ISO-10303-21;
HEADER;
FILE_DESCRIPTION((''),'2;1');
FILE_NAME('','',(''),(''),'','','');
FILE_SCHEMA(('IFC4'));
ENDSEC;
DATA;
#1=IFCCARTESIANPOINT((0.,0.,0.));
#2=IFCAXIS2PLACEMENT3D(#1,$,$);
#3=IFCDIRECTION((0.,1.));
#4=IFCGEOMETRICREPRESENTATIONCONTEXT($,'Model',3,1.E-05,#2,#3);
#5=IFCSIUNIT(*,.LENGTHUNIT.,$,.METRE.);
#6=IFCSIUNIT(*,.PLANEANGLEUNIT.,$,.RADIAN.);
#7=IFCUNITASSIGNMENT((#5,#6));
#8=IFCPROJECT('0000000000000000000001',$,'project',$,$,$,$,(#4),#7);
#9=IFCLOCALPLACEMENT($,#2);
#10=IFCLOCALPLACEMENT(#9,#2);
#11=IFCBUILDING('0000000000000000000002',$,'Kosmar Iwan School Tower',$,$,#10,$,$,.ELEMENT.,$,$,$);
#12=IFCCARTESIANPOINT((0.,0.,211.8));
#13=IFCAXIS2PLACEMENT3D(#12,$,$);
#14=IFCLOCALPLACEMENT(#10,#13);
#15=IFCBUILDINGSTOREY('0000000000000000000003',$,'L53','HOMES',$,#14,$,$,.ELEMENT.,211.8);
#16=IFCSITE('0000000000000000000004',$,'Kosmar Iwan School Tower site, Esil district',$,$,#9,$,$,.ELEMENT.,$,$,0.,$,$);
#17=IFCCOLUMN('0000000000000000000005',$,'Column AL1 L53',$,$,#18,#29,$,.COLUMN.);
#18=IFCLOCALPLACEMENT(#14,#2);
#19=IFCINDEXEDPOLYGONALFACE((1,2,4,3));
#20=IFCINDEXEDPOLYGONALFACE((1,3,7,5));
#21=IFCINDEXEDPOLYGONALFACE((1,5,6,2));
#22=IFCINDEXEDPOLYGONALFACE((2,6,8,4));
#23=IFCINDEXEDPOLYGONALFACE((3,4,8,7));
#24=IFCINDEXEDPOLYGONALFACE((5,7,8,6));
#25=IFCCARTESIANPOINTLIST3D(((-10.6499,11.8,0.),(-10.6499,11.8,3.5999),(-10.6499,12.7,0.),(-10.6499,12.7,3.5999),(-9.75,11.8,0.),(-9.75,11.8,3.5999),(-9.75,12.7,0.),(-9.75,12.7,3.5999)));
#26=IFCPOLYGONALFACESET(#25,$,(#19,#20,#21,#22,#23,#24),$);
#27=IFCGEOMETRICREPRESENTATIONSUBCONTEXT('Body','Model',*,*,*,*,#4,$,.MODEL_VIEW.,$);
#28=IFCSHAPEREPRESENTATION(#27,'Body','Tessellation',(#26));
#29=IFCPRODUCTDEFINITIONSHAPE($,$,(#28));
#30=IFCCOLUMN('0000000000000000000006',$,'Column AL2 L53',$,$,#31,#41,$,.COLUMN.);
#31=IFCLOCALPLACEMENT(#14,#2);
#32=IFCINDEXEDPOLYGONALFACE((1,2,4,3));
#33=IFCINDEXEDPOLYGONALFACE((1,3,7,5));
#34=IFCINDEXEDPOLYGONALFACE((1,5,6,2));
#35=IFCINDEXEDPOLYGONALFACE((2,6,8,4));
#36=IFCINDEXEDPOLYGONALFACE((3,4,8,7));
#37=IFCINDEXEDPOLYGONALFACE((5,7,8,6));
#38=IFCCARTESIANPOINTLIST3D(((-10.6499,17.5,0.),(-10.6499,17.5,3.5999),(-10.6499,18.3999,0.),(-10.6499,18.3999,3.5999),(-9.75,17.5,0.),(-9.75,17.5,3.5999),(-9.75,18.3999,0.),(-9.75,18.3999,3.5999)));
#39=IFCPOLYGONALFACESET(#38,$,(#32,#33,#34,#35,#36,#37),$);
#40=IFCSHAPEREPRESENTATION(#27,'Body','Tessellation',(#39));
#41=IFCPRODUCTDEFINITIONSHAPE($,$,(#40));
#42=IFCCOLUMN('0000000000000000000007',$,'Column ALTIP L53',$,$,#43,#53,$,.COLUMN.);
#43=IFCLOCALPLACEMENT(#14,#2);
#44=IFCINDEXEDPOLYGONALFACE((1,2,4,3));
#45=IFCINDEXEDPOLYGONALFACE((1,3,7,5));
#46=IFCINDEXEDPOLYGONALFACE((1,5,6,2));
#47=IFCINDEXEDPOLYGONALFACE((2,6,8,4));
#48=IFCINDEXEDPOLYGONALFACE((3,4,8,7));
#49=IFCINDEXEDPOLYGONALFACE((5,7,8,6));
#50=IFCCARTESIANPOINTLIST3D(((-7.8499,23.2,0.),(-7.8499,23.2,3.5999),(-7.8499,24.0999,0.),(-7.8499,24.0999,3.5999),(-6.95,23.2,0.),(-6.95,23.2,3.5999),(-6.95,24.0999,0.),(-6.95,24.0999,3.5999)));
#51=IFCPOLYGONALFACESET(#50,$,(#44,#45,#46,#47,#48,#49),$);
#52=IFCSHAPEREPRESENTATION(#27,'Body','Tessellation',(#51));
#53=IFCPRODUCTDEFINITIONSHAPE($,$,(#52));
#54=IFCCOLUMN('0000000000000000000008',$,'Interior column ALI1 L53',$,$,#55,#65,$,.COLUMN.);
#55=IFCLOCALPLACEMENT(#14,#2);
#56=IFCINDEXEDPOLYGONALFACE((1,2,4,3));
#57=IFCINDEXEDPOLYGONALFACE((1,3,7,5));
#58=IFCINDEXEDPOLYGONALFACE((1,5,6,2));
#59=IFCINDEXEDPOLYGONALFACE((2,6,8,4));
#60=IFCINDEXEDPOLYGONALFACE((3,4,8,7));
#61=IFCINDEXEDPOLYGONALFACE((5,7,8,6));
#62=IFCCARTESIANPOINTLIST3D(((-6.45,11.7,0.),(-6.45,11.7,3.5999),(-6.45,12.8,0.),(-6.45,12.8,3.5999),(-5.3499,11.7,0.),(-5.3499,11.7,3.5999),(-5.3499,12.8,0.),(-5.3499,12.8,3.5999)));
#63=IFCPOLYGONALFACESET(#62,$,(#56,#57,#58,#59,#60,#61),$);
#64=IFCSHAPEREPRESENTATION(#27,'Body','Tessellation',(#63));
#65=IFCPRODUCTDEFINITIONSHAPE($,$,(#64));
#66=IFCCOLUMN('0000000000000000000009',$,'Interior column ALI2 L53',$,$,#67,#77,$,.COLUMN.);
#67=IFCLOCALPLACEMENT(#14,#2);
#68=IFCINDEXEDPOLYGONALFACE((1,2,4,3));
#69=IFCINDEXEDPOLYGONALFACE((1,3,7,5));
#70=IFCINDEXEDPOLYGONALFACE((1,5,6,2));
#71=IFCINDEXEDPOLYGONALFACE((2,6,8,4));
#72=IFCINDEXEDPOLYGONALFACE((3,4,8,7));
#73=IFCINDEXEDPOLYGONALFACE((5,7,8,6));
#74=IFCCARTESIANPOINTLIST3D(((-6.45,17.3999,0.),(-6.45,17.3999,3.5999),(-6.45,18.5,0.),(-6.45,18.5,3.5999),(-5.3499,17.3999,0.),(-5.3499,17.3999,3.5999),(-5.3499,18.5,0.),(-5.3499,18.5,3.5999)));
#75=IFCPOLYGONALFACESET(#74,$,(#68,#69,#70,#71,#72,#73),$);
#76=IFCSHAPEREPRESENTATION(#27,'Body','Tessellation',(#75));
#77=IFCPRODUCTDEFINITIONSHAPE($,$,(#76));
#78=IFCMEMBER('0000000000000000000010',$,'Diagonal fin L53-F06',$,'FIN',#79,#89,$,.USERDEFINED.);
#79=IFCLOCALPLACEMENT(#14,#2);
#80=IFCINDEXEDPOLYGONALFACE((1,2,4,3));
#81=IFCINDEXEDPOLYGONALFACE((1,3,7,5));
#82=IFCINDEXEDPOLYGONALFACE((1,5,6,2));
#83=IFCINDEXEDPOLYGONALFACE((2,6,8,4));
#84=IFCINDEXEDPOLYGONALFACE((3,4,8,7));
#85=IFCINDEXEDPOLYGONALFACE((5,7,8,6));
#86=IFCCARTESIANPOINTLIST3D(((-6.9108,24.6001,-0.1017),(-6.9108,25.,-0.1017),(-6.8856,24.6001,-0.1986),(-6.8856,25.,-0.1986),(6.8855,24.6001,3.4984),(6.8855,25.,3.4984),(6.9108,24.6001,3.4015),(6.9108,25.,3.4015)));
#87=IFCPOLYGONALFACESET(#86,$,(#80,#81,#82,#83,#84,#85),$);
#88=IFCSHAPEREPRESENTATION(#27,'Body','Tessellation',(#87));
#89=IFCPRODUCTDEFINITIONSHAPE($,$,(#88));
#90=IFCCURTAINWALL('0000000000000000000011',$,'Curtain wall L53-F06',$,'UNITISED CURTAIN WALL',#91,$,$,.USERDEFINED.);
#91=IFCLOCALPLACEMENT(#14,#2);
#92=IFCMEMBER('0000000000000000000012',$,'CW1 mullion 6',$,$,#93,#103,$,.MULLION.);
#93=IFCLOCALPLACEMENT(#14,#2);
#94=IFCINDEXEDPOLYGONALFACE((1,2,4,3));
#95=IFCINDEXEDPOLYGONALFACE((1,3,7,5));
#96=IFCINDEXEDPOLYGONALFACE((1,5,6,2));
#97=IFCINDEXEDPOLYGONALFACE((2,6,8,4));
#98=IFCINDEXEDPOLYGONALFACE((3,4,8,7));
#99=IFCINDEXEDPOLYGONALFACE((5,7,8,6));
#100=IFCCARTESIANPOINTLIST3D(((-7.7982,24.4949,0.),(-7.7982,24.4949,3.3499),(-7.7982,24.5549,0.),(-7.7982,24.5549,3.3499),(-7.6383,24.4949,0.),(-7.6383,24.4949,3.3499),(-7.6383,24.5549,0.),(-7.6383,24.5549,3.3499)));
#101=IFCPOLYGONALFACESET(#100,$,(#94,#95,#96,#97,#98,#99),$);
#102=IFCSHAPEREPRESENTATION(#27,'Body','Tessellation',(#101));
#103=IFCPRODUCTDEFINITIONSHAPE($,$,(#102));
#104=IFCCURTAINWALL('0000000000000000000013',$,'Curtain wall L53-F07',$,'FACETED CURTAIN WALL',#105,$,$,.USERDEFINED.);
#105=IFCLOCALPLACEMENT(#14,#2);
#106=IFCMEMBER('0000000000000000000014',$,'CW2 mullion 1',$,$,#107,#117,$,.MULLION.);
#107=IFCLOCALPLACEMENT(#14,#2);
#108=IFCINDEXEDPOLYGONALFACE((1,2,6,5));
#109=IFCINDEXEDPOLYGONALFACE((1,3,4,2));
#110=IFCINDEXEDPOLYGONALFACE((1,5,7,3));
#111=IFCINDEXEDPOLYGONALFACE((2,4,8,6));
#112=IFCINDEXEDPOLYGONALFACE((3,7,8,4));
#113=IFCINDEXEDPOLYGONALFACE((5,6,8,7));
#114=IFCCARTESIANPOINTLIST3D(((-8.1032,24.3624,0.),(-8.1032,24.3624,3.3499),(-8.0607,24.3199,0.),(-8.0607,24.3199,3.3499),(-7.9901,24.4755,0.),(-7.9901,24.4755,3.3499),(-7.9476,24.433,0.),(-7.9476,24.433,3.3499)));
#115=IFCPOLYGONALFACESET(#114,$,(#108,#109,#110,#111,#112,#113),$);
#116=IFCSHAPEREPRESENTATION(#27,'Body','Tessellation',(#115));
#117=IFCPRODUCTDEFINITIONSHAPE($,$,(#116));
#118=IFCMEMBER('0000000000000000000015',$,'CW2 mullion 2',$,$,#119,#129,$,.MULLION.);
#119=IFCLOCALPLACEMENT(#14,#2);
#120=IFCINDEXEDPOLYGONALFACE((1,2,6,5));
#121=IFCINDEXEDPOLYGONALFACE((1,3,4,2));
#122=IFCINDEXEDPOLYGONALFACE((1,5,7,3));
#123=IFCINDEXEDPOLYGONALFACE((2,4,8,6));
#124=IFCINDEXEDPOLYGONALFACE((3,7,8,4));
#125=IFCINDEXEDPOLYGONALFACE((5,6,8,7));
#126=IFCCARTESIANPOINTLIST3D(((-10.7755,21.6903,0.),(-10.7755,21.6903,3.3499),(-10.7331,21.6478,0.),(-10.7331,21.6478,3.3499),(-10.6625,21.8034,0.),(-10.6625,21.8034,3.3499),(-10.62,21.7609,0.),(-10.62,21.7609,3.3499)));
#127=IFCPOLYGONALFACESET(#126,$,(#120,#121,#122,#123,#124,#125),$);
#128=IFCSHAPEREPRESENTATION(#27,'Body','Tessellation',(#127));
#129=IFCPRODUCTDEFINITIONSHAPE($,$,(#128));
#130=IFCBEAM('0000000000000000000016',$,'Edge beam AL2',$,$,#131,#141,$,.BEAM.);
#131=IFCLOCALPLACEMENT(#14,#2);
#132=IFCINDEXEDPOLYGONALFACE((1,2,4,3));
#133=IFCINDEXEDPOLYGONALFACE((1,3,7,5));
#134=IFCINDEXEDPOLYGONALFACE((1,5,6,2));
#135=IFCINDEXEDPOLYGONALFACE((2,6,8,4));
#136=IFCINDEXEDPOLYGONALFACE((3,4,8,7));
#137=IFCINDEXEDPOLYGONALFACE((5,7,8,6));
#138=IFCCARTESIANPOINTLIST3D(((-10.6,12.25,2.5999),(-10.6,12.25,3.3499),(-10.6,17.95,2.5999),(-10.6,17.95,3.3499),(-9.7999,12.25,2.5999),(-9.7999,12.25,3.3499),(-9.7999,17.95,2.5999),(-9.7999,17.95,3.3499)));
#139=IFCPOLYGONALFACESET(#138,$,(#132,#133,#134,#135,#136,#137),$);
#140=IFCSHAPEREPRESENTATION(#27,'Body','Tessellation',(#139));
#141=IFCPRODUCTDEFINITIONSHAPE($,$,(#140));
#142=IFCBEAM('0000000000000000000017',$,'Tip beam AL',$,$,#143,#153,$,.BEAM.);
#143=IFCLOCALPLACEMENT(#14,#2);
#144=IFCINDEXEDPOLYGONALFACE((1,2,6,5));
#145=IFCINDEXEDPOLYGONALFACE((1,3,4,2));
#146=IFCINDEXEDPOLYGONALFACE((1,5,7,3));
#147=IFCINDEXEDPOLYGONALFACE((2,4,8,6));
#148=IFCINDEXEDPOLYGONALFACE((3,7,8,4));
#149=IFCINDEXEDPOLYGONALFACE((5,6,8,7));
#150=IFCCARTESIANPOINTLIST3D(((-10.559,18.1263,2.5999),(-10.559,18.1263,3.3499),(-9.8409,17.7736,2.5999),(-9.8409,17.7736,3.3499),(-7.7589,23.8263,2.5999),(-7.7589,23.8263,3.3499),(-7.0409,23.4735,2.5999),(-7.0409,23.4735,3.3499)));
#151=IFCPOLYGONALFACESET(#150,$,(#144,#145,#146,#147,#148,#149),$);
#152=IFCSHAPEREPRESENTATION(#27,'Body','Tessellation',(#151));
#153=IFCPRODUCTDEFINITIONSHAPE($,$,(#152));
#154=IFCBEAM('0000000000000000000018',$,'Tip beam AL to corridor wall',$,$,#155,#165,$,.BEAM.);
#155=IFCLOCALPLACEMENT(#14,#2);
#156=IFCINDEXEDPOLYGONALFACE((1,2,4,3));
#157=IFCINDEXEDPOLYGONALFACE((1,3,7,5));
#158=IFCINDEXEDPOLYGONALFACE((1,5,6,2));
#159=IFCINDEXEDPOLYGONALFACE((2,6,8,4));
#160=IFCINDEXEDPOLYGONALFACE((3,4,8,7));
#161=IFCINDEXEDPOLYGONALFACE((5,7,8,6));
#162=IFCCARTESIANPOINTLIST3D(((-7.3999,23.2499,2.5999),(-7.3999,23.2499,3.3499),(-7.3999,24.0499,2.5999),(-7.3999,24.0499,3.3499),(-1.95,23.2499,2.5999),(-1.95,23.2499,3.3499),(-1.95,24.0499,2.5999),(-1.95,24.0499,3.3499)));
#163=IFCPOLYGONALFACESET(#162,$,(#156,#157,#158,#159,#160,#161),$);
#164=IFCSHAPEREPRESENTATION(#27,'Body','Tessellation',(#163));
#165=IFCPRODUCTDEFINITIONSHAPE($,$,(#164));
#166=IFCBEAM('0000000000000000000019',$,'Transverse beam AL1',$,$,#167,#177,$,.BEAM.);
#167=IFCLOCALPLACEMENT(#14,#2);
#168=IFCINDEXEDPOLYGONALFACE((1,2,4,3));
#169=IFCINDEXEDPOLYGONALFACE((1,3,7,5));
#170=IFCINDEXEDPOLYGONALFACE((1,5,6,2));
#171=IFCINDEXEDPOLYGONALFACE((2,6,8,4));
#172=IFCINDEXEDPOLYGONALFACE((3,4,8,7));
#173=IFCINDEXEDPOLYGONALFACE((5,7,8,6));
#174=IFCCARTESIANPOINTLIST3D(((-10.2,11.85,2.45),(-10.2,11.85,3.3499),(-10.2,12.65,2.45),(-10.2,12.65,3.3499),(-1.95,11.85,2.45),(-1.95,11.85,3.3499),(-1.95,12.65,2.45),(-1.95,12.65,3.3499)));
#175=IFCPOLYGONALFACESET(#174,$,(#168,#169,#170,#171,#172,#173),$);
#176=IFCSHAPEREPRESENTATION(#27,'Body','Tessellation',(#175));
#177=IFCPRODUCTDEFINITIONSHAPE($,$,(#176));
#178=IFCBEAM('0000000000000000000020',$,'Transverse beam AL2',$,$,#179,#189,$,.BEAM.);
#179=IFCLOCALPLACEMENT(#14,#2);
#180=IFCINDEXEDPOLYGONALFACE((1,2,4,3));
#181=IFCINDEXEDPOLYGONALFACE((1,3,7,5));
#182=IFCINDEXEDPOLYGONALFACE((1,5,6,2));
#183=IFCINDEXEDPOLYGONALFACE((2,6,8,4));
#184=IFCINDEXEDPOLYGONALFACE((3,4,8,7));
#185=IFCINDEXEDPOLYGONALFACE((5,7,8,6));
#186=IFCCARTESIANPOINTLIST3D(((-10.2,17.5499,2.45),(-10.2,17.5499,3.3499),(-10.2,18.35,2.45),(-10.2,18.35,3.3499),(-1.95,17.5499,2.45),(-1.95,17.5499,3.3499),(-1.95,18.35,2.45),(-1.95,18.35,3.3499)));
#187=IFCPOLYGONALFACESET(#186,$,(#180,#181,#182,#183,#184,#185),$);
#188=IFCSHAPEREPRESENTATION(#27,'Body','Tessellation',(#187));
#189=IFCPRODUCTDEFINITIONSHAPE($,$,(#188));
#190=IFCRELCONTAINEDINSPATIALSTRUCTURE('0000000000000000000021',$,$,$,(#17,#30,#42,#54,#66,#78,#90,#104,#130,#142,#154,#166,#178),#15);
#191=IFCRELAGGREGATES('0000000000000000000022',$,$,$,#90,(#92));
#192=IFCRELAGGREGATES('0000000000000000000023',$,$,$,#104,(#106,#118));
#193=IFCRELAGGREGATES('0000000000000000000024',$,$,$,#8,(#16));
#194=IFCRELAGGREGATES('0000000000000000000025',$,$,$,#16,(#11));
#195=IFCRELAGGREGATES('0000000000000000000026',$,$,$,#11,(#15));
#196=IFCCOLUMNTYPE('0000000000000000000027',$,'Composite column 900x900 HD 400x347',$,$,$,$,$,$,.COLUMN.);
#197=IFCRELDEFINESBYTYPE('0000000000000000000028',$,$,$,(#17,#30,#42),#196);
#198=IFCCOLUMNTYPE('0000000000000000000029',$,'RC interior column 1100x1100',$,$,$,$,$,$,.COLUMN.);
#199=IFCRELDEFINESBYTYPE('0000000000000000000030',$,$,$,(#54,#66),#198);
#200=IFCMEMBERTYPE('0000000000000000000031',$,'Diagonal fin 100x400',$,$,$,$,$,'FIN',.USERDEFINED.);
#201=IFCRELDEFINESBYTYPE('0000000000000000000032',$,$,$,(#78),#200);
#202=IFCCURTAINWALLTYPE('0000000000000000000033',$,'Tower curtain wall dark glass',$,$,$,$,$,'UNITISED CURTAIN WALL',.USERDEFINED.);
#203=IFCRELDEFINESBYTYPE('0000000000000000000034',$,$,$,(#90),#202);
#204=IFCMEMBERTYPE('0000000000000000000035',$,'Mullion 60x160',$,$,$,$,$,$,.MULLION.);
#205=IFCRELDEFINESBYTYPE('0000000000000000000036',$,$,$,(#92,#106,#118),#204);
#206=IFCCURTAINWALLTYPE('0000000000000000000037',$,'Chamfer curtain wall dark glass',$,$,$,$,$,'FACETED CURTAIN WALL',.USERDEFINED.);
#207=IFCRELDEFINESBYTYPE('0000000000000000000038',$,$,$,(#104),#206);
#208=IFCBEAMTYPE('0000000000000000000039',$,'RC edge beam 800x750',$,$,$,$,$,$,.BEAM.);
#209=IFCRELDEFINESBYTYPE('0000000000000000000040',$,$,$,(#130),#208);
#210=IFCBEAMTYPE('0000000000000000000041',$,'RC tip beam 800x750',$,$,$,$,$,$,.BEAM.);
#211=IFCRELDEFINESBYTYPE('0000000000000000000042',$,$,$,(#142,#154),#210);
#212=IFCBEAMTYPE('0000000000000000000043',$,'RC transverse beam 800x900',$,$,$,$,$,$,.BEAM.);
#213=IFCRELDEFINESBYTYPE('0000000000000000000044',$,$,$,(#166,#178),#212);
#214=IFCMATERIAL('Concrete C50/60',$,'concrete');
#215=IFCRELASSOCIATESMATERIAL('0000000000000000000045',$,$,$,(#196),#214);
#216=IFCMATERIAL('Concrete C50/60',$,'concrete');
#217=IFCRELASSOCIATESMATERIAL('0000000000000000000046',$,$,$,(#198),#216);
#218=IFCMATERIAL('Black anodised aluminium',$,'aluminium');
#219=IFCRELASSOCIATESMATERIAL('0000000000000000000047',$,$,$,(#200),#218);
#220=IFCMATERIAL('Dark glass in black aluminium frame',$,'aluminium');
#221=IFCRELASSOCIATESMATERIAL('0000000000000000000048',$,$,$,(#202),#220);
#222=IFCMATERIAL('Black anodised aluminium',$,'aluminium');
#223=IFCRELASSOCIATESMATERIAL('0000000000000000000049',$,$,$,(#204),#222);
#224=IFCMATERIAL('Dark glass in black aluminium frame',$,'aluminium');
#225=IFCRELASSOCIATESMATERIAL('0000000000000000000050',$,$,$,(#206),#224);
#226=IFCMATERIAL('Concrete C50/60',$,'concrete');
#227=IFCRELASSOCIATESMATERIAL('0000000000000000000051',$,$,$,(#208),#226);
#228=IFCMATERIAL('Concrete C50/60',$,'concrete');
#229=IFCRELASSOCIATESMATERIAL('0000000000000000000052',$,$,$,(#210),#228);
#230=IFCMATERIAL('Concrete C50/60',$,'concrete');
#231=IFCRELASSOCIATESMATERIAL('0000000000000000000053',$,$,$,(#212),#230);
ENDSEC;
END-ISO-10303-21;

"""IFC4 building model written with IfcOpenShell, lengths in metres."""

from ifc_helpers import new_model, si_unit, direction, frame, origin, origin_2d, place, context, subcontext, project, spatial, rectangle, extrude, material, material_profile, profile_set, type_object, element, aggregate, save


model = new_model("IFC4")

# Units and contexts
model_context = context("Model", 3, precision=1e-05, world=origin(), true_north=direction((0.0, 1.0)))
body_context = subcontext(model_context, "Body", "Model", "MODEL_VIEW")
ifc_project = project(units=[si_unit("LENGTHUNIT", "METRE"), si_unit("PLANEANGLEUNIT", "RADIAN")], contexts=[model_context])

# Site, building, storey
site_placement = place(None, origin())
site = spatial("IfcSite", under=ifc_project, at=site_placement, Name="Kosmar Iwan School Tower site, Esil district", CompositionType="ELEMENT", RefElevation=0.0)
building_placement = place(site_placement, origin())
building = spatial("IfcBuilding", under=site, at=building_placement, Name="Kosmar Iwan School Tower", CompositionType="ELEMENT")
storey_placement = place(building_placement, frame((0.0, 0.0, 211.8)))
storey = spatial("IfcBuildingStorey", under=building, at=storey_placement, Name="L53", Description="HOMES", CompositionType="ELEMENT", Elevation=211.8)

# Columns
ifc_material_1 = material(Name="Concrete C50/60", Category="concrete")
ifc_material_profile_1 = material_profile(ifc_material_1, rectangle(XDim=0.8999, YDim=0.8999, at=origin_2d()), Name="RC 900x900 + HD 400x347")
ifc_profile_set_1 = profile_set([ifc_material_profile_1], Name="Concrete C50/60")
column_type_1 = type_object("IfcColumnType", Name="Composite column 900x900 HD 400x347", PredefinedType="COLUMN", material=ifc_profile_set_1)
for number, where, z_axis, x_axis, name in (
    (1, (-10.2, 12.25, 0.0), (0.0, 0.0, 1.0), (0.0, 1.0, 0.0), "Column AL1 L53"),
    (2, (-10.2, 17.95, 0.0), (0.0, 0.0, 1.0), (0.0, 1.0, 0.0), "Column AL2 L53"),
    (3, (-7.3999, 23.6499, 0.0), (0.0, 0.0, 1.0), (0.0, 1.0, 0.0), "Column ALTIP L53"),
):
    element("IfcColumn", number, at=place(storey_placement, frame(where, z_axis=z_axis, x_axis=x_axis)), inside=storey, type_object=column_type_1, Name=name, PredefinedType="COLUMN", context=body_context, shape_type="SweptSolid", body=[
        extrude(rectangle(XDim=0.8999, YDim=0.8999, at=origin_2d()), origin(), (0.0, 0.0, 1.0), 3.5999),
    ])
ifc_material_2 = material(Name="Concrete C50/60", Category="concrete")
ifc_material_profile_2 = material_profile(ifc_material_2, rectangle(XDim=1.1001, YDim=1.1001, at=origin_2d()), Name="RC 1100x1100")
ifc_profile_set_2 = profile_set([ifc_material_profile_2], Name="Concrete C50/60")
column_type_2 = type_object("IfcColumnType", Name="RC interior column 1100x1100", PredefinedType="COLUMN", material=ifc_profile_set_2)
for number, where, z_axis, x_axis, name in (
    (4, (-5.8999, 12.25, 0.0), (0.0, 0.0, 1.0), (0.0, 1.0, 0.0), "Interior column ALI1 L53"),
    (5, (-5.8999, 17.95, 0.0), (0.0, 0.0, 1.0), (0.0, 1.0, 0.0), "Interior column ALI2 L53"),
):
    element("IfcColumn", number, at=place(storey_placement, frame(where, z_axis=z_axis, x_axis=x_axis)), inside=storey, type_object=column_type_2, Name=name, PredefinedType="COLUMN", context=body_context, shape_type="SweptSolid", body=[
        extrude(rectangle(XDim=1.1001, YDim=1.1001, at=origin_2d()), origin(), (0.0, 0.0, 1.0), 3.5999),
    ])

# Member
ifc_material_3 = material(Name="Black anodised aluminium", Category="aluminium")
ifc_material_profile_3 = material_profile(ifc_material_3, rectangle(XDim=0.1001, YDim=0.3999, at=origin_2d()), Name="FIN 100x400")
ifc_profile_set_3 = profile_set([ifc_material_profile_3], Name="Black anodised aluminium")
member_type_1 = type_object("IfcMemberType", Name="Diagonal fin 100x400", ElementType="FIN", PredefinedType="USERDEFINED", material=ifc_profile_set_3)
member_1_placement = place(storey_placement, frame((-6.8982, 24.8, -0.1501), z_axis=(0.967599, 0.0, 0.25249), x_axis=(-0.25249, 0.0, 0.967599)))
element("IfcMember", 6, at=member_1_placement, inside=storey, type_object=member_type_1, Name="Diagonal fin L53-F06", ObjectType="FIN", PredefinedType="USERDEFINED", context=body_context, shape_type="SweptSolid", body=[
    extrude(rectangle(XDim=0.1001, YDim=0.3999, at=origin_2d()), origin(), (0.0, 0.0, 1.0), 14.2583),
])

# Curtain wall, member
ifc_material_4 = material(Name="Dark glass in black aluminium frame", Category="aluminium")
curtain_wall_type_1 = type_object("IfcCurtainWallType", Name="Tower curtain wall dark glass", ElementType="UNITISED CURTAIN WALL", PredefinedType="USERDEFINED", material=ifc_material_4)
curtain_wall_1_placement = place(storey_placement, origin())
curtain_wall_1 = element("IfcCurtainWall", 7, at=curtain_wall_1_placement, inside=storey, type_object=curtain_wall_type_1, Name="Curtain wall L53-F06", ObjectType="UNITISED CURTAIN WALL", PredefinedType="USERDEFINED")
ifc_material_5 = material(Name="Black anodised aluminium", Category="aluminium")
ifc_material_profile_4 = material_profile(ifc_material_5, rectangle(XDim=0.0601, YDim=0.1599, at=origin_2d()), Name="MULLION 60x160")
ifc_profile_set_4 = profile_set([ifc_material_profile_4], Name="Black anodised aluminium")
member_type_2 = type_object("IfcMemberType", Name="Mullion 60x160", PredefinedType="MULLION", material=ifc_profile_set_4)
member_2_placement = place(storey_placement, frame((-7.7183, 24.5249, 0.0), z_axis=(0.0, 0.0, 1.0), x_axis=(0.0, -1.0, 0.0)))
member_2 = element("IfcMember", 8, at=member_2_placement, type_object=member_type_2, Name="CW1 mullion 6", PredefinedType="MULLION", context=body_context, shape_type="SweptSolid", body=[
    extrude(rectangle(XDim=0.0601, YDim=0.1599, at=origin_2d()), origin(), (0.0, 0.0, 1.0), 3.3499),
])

# Curtain wall, members
ifc_material_6 = material(Name="Dark glass in black aluminium frame", Category="aluminium")
curtain_wall_type_2 = type_object("IfcCurtainWallType", Name="Chamfer curtain wall dark glass", ElementType="FACETED CURTAIN WALL", PredefinedType="USERDEFINED", material=ifc_material_6)
curtain_wall_2_placement = place(storey_placement, origin())
curtain_wall_2 = element("IfcCurtainWall", 9, at=curtain_wall_2_placement, inside=storey, type_object=curtain_wall_type_2, Name="Curtain wall L53-F07", ObjectType="FACETED CURTAIN WALL", PredefinedType="USERDEFINED")
member_3_placement = place(storey_placement, frame((-8.0254, 24.3977, 0.0), z_axis=(0.0, 0.0, 1.0), x_axis=(0.707107, -0.707107, 0.0)))
member_3 = element("IfcMember", 10, at=member_3_placement, type_object=member_type_2, Name="CW2 mullion 1", PredefinedType="MULLION", context=body_context, shape_type="SweptSolid", body=[
    extrude(rectangle(XDim=0.0601, YDim=0.1599, at=origin_2d()), origin(), (0.0, 0.0, 1.0), 3.3499),
])
member_4_placement = place(storey_placement, frame((-10.6978, 21.7256, 0.0), z_axis=(0.0, 0.0, 1.0), x_axis=(0.707107, -0.707107, 0.0)))
member_4 = element("IfcMember", 11, at=member_4_placement, type_object=member_type_2, Name="CW2 mullion 2", PredefinedType="MULLION", context=body_context, shape_type="SweptSolid", body=[
    extrude(rectangle(XDim=0.0601, YDim=0.1599, at=origin_2d()), origin(), (0.0, 0.0, 1.0), 3.3499),
])

# Beams
ifc_material_7 = material(Name="Concrete C50/60", Category="concrete")
ifc_material_profile_5 = material_profile(ifc_material_7, rectangle(XDim=0.8, YDim=0.75, at=origin_2d()), Name="RC 800x750")
ifc_profile_set_5 = profile_set([ifc_material_profile_5], Name="Concrete C50/60")
beam_type_1 = type_object("IfcBeamType", Name="RC edge beam 800x750", PredefinedType="BEAM", material=ifc_profile_set_5)
beam_1_placement = place(storey_placement, frame((-10.2, 12.25, 2.9749), z_axis=(0.0, 1.0, 0.0), x_axis=(-1.0, 0.0, 0.0)))
element("IfcBeam", 12, at=beam_1_placement, inside=storey, type_object=beam_type_1, Name="Edge beam AL2", PredefinedType="BEAM", context=body_context, shape_type="SweptSolid", body=[
    extrude(rectangle(XDim=0.8, YDim=0.75, at=origin_2d()), origin(), (0.0, 0.0, 1.0), 5.7),
])
ifc_material_8 = material(Name="Concrete C50/60", Category="concrete")
ifc_material_profile_6 = material_profile(ifc_material_8, rectangle(XDim=0.8, YDim=0.75, at=origin_2d()), Name="RC 800x750")
ifc_profile_set_6 = profile_set([ifc_material_profile_6], Name="Concrete C50/60")
beam_type_2 = type_object("IfcBeamType", Name="RC tip beam 800x750", PredefinedType="BEAM", material=ifc_profile_set_6)
beam_2_placement = place(storey_placement, frame((-10.2, 17.95, 2.9749), z_axis=(0.440913, 0.89755, 0.0), x_axis=(-0.89755, 0.440913, 0.0)))
element("IfcBeam", 13, at=beam_2_placement, inside=storey, type_object=beam_type_2, Name="Tip beam AL", PredefinedType="BEAM", context=body_context, shape_type="SweptSolid", body=[
    extrude(rectangle(XDim=0.8, YDim=0.75, at=origin_2d()), origin(), (0.0, 0.0, 1.0), 6.3506),
])
beam_3_placement = place(storey_placement, frame((-7.3999, 23.6499, 2.9749), z_axis=(1.0, 0.0, 0.0), x_axis=(0.0, 1.0, 0.0)))
element("IfcBeam", 14, at=beam_3_placement, inside=storey, type_object=beam_type_2, Name="Tip beam AL to corridor wall", PredefinedType="BEAM", context=body_context, shape_type="SweptSolid", body=[
    extrude(rectangle(XDim=0.8, YDim=0.75, at=origin_2d()), origin(), (0.0, 0.0, 1.0), 5.45),
])
ifc_material_9 = material(Name="Concrete C50/60", Category="concrete")
ifc_material_profile_7 = material_profile(ifc_material_9, rectangle(XDim=0.8, YDim=0.8999, at=origin_2d()), Name="RC 800x900")
ifc_profile_set_7 = profile_set([ifc_material_profile_7], Name="Concrete C50/60")
beam_type_3 = type_object("IfcBeamType", Name="RC transverse beam 800x900", PredefinedType="BEAM", material=ifc_profile_set_7)
for number, where, z_axis, x_axis, name in (
    (15, (-10.2, 12.25, 2.8999), (1.0, 0.0, 0.0), (0.0, 1.0, 0.0), "Transverse beam AL1"),
    (16, (-10.2, 17.95, 2.8999), (1.0, 0.0, 0.0), (0.0, 1.0, 0.0), "Transverse beam AL2"),
):
    element("IfcBeam", number, at=place(storey_placement, frame(where, z_axis=z_axis, x_axis=x_axis)), inside=storey, type_object=beam_type_3, Name=name, PredefinedType="BEAM", context=body_context, shape_type="SweptSolid", body=[
        extrude(rectangle(XDim=0.8, YDim=0.8999, at=origin_2d()), origin(), (0.0, 0.0, 1.0), 8.25),
    ])

aggregate(curtain_wall_1, [member_2])
aggregate(curtain_wall_2, [member_3, member_4])

save(model, "model.ifc")
